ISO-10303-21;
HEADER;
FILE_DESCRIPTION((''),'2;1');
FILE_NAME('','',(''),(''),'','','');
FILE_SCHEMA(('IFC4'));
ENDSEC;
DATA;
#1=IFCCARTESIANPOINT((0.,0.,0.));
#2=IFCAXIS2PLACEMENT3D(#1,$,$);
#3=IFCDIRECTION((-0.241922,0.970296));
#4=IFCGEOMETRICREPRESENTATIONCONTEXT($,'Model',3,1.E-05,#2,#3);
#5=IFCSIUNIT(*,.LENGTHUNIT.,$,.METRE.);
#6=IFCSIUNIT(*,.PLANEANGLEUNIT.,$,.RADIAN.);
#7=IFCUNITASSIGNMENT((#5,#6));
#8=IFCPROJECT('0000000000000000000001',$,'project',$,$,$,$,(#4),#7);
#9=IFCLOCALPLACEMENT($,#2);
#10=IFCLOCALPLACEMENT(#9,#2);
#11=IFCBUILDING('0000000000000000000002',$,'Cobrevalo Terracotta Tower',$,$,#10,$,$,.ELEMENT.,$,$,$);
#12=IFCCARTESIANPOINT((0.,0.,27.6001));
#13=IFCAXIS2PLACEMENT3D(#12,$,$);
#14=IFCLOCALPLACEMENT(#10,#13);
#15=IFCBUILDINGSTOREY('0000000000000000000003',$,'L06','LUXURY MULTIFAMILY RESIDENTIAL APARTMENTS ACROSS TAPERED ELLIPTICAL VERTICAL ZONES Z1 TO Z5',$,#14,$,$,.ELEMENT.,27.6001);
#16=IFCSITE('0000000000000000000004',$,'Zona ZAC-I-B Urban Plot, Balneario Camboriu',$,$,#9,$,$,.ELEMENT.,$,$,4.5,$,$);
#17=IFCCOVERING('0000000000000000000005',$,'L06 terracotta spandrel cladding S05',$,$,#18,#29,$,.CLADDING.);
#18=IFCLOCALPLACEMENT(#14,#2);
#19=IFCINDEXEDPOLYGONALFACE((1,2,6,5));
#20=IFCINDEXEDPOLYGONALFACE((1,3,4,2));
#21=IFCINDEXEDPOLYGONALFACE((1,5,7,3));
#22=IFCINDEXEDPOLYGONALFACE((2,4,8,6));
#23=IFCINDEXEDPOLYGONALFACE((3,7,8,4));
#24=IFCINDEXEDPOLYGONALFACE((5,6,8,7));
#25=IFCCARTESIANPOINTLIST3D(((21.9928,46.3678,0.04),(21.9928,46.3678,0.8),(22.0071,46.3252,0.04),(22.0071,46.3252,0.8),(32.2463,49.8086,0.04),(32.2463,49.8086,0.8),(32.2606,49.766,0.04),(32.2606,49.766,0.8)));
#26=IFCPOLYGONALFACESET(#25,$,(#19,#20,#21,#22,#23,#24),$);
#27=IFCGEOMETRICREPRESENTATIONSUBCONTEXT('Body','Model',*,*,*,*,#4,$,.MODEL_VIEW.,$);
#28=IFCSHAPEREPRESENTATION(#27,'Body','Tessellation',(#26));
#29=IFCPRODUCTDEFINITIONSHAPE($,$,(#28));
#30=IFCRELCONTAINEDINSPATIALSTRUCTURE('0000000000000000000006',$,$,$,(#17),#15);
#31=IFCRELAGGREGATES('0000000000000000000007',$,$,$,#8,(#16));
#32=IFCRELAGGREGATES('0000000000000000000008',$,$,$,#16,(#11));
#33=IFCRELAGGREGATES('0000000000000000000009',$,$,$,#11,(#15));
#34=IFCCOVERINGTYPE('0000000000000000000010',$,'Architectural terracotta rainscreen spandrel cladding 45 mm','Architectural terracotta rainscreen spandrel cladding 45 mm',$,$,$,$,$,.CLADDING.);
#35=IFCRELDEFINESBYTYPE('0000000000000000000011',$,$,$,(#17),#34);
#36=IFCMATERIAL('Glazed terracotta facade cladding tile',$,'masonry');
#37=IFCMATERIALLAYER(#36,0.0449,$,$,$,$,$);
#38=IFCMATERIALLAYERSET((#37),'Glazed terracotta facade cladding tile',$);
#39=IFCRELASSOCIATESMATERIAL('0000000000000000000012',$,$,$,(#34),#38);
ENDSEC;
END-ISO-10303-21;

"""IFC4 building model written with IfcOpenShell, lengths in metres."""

from ifc_helpers import new_model, si_unit, direction, frame, origin, origin_2d, place, context, subcontext, project, spatial, rectangle, extrude, source, transform, mapped, material, layer, layer_set, type_object, element, save


model = new_model("IFC4")

# Units and contexts
model_context = context("Model", 3, precision=1e-05, world=origin(), true_north=direction((-0.241922, 0.970296)))
body_context = subcontext(model_context, "Body", "Model", "MODEL_VIEW")
ifc_project = project(units=[si_unit("LENGTHUNIT", "METRE"), si_unit("PLANEANGLEUNIT", "RADIAN")], contexts=[model_context])

# Site, building, storey
site_placement = place(None, origin())
site = spatial("IfcSite", under=ifc_project, at=site_placement, Name="Zona ZAC-I-B Urban Plot, Balneario Camboriu", CompositionType="ELEMENT", RefElevation=4.5)
building_placement = place(site_placement, origin())
building = spatial("IfcBuilding", under=site, at=building_placement, Name="Cobrevalo Terracotta Tower", CompositionType="ELEMENT")
storey_placement = place(building_placement, frame((0.0, 0.0, 27.6001)))
storey = spatial("IfcBuildingStorey", under=building, at=storey_placement, Name="L06", Description="LUXURY MULTIFAMILY RESIDENTIAL APARTMENTS ACROSS TAPERED ELLIPTICAL VERTICAL ZONES Z1 TO Z5", CompositionType="ELEMENT", Elevation=27.6001)

# Covering
ifc_material_1 = material(Name="Glazed terracotta facade cladding tile", Category="masonry")
ifc_layer_1 = layer(ifc_material_1, 0.0449)
ifc_layer_set_1 = layer_set([ifc_layer_1], Name="Glazed terracotta facade cladding tile")
covering_type = type_object("IfcCoveringType", Name="Architectural terracotta rainscreen spandrel cladding 45 mm", Description="Architectural terracotta rainscreen spandrel cladding 45 mm", PredefinedType="CLADDING", material=ifc_layer_set_1)
shared_shape_1 = source(origin(), body_context, "Body", "SweptSolid", [
    extrude(rectangle(XDim=10.8154, YDim=0.0449, at=origin_2d()), origin(), (0.0, 0.0, 1.0), 0.76),
])
covering_placement = place(storey_placement, frame((27.1267, 48.0669, 0.04), z_axis=(0.0, 0.0, 1.0), x_axis=(-0.948044, -0.318139, 0.0)))
element("IfcCovering", 1, at=covering_placement, inside=storey, type_object=covering_type, Name="L06 terracotta spandrel cladding S05", PredefinedType="CLADDING", context=body_context, shape_type="MappedRepresentation", body=[
    mapped(shared_shape_1, transform((0.0, 0.0, 0.0), scale=1.0)),
])

save(model, "model.ifc")
